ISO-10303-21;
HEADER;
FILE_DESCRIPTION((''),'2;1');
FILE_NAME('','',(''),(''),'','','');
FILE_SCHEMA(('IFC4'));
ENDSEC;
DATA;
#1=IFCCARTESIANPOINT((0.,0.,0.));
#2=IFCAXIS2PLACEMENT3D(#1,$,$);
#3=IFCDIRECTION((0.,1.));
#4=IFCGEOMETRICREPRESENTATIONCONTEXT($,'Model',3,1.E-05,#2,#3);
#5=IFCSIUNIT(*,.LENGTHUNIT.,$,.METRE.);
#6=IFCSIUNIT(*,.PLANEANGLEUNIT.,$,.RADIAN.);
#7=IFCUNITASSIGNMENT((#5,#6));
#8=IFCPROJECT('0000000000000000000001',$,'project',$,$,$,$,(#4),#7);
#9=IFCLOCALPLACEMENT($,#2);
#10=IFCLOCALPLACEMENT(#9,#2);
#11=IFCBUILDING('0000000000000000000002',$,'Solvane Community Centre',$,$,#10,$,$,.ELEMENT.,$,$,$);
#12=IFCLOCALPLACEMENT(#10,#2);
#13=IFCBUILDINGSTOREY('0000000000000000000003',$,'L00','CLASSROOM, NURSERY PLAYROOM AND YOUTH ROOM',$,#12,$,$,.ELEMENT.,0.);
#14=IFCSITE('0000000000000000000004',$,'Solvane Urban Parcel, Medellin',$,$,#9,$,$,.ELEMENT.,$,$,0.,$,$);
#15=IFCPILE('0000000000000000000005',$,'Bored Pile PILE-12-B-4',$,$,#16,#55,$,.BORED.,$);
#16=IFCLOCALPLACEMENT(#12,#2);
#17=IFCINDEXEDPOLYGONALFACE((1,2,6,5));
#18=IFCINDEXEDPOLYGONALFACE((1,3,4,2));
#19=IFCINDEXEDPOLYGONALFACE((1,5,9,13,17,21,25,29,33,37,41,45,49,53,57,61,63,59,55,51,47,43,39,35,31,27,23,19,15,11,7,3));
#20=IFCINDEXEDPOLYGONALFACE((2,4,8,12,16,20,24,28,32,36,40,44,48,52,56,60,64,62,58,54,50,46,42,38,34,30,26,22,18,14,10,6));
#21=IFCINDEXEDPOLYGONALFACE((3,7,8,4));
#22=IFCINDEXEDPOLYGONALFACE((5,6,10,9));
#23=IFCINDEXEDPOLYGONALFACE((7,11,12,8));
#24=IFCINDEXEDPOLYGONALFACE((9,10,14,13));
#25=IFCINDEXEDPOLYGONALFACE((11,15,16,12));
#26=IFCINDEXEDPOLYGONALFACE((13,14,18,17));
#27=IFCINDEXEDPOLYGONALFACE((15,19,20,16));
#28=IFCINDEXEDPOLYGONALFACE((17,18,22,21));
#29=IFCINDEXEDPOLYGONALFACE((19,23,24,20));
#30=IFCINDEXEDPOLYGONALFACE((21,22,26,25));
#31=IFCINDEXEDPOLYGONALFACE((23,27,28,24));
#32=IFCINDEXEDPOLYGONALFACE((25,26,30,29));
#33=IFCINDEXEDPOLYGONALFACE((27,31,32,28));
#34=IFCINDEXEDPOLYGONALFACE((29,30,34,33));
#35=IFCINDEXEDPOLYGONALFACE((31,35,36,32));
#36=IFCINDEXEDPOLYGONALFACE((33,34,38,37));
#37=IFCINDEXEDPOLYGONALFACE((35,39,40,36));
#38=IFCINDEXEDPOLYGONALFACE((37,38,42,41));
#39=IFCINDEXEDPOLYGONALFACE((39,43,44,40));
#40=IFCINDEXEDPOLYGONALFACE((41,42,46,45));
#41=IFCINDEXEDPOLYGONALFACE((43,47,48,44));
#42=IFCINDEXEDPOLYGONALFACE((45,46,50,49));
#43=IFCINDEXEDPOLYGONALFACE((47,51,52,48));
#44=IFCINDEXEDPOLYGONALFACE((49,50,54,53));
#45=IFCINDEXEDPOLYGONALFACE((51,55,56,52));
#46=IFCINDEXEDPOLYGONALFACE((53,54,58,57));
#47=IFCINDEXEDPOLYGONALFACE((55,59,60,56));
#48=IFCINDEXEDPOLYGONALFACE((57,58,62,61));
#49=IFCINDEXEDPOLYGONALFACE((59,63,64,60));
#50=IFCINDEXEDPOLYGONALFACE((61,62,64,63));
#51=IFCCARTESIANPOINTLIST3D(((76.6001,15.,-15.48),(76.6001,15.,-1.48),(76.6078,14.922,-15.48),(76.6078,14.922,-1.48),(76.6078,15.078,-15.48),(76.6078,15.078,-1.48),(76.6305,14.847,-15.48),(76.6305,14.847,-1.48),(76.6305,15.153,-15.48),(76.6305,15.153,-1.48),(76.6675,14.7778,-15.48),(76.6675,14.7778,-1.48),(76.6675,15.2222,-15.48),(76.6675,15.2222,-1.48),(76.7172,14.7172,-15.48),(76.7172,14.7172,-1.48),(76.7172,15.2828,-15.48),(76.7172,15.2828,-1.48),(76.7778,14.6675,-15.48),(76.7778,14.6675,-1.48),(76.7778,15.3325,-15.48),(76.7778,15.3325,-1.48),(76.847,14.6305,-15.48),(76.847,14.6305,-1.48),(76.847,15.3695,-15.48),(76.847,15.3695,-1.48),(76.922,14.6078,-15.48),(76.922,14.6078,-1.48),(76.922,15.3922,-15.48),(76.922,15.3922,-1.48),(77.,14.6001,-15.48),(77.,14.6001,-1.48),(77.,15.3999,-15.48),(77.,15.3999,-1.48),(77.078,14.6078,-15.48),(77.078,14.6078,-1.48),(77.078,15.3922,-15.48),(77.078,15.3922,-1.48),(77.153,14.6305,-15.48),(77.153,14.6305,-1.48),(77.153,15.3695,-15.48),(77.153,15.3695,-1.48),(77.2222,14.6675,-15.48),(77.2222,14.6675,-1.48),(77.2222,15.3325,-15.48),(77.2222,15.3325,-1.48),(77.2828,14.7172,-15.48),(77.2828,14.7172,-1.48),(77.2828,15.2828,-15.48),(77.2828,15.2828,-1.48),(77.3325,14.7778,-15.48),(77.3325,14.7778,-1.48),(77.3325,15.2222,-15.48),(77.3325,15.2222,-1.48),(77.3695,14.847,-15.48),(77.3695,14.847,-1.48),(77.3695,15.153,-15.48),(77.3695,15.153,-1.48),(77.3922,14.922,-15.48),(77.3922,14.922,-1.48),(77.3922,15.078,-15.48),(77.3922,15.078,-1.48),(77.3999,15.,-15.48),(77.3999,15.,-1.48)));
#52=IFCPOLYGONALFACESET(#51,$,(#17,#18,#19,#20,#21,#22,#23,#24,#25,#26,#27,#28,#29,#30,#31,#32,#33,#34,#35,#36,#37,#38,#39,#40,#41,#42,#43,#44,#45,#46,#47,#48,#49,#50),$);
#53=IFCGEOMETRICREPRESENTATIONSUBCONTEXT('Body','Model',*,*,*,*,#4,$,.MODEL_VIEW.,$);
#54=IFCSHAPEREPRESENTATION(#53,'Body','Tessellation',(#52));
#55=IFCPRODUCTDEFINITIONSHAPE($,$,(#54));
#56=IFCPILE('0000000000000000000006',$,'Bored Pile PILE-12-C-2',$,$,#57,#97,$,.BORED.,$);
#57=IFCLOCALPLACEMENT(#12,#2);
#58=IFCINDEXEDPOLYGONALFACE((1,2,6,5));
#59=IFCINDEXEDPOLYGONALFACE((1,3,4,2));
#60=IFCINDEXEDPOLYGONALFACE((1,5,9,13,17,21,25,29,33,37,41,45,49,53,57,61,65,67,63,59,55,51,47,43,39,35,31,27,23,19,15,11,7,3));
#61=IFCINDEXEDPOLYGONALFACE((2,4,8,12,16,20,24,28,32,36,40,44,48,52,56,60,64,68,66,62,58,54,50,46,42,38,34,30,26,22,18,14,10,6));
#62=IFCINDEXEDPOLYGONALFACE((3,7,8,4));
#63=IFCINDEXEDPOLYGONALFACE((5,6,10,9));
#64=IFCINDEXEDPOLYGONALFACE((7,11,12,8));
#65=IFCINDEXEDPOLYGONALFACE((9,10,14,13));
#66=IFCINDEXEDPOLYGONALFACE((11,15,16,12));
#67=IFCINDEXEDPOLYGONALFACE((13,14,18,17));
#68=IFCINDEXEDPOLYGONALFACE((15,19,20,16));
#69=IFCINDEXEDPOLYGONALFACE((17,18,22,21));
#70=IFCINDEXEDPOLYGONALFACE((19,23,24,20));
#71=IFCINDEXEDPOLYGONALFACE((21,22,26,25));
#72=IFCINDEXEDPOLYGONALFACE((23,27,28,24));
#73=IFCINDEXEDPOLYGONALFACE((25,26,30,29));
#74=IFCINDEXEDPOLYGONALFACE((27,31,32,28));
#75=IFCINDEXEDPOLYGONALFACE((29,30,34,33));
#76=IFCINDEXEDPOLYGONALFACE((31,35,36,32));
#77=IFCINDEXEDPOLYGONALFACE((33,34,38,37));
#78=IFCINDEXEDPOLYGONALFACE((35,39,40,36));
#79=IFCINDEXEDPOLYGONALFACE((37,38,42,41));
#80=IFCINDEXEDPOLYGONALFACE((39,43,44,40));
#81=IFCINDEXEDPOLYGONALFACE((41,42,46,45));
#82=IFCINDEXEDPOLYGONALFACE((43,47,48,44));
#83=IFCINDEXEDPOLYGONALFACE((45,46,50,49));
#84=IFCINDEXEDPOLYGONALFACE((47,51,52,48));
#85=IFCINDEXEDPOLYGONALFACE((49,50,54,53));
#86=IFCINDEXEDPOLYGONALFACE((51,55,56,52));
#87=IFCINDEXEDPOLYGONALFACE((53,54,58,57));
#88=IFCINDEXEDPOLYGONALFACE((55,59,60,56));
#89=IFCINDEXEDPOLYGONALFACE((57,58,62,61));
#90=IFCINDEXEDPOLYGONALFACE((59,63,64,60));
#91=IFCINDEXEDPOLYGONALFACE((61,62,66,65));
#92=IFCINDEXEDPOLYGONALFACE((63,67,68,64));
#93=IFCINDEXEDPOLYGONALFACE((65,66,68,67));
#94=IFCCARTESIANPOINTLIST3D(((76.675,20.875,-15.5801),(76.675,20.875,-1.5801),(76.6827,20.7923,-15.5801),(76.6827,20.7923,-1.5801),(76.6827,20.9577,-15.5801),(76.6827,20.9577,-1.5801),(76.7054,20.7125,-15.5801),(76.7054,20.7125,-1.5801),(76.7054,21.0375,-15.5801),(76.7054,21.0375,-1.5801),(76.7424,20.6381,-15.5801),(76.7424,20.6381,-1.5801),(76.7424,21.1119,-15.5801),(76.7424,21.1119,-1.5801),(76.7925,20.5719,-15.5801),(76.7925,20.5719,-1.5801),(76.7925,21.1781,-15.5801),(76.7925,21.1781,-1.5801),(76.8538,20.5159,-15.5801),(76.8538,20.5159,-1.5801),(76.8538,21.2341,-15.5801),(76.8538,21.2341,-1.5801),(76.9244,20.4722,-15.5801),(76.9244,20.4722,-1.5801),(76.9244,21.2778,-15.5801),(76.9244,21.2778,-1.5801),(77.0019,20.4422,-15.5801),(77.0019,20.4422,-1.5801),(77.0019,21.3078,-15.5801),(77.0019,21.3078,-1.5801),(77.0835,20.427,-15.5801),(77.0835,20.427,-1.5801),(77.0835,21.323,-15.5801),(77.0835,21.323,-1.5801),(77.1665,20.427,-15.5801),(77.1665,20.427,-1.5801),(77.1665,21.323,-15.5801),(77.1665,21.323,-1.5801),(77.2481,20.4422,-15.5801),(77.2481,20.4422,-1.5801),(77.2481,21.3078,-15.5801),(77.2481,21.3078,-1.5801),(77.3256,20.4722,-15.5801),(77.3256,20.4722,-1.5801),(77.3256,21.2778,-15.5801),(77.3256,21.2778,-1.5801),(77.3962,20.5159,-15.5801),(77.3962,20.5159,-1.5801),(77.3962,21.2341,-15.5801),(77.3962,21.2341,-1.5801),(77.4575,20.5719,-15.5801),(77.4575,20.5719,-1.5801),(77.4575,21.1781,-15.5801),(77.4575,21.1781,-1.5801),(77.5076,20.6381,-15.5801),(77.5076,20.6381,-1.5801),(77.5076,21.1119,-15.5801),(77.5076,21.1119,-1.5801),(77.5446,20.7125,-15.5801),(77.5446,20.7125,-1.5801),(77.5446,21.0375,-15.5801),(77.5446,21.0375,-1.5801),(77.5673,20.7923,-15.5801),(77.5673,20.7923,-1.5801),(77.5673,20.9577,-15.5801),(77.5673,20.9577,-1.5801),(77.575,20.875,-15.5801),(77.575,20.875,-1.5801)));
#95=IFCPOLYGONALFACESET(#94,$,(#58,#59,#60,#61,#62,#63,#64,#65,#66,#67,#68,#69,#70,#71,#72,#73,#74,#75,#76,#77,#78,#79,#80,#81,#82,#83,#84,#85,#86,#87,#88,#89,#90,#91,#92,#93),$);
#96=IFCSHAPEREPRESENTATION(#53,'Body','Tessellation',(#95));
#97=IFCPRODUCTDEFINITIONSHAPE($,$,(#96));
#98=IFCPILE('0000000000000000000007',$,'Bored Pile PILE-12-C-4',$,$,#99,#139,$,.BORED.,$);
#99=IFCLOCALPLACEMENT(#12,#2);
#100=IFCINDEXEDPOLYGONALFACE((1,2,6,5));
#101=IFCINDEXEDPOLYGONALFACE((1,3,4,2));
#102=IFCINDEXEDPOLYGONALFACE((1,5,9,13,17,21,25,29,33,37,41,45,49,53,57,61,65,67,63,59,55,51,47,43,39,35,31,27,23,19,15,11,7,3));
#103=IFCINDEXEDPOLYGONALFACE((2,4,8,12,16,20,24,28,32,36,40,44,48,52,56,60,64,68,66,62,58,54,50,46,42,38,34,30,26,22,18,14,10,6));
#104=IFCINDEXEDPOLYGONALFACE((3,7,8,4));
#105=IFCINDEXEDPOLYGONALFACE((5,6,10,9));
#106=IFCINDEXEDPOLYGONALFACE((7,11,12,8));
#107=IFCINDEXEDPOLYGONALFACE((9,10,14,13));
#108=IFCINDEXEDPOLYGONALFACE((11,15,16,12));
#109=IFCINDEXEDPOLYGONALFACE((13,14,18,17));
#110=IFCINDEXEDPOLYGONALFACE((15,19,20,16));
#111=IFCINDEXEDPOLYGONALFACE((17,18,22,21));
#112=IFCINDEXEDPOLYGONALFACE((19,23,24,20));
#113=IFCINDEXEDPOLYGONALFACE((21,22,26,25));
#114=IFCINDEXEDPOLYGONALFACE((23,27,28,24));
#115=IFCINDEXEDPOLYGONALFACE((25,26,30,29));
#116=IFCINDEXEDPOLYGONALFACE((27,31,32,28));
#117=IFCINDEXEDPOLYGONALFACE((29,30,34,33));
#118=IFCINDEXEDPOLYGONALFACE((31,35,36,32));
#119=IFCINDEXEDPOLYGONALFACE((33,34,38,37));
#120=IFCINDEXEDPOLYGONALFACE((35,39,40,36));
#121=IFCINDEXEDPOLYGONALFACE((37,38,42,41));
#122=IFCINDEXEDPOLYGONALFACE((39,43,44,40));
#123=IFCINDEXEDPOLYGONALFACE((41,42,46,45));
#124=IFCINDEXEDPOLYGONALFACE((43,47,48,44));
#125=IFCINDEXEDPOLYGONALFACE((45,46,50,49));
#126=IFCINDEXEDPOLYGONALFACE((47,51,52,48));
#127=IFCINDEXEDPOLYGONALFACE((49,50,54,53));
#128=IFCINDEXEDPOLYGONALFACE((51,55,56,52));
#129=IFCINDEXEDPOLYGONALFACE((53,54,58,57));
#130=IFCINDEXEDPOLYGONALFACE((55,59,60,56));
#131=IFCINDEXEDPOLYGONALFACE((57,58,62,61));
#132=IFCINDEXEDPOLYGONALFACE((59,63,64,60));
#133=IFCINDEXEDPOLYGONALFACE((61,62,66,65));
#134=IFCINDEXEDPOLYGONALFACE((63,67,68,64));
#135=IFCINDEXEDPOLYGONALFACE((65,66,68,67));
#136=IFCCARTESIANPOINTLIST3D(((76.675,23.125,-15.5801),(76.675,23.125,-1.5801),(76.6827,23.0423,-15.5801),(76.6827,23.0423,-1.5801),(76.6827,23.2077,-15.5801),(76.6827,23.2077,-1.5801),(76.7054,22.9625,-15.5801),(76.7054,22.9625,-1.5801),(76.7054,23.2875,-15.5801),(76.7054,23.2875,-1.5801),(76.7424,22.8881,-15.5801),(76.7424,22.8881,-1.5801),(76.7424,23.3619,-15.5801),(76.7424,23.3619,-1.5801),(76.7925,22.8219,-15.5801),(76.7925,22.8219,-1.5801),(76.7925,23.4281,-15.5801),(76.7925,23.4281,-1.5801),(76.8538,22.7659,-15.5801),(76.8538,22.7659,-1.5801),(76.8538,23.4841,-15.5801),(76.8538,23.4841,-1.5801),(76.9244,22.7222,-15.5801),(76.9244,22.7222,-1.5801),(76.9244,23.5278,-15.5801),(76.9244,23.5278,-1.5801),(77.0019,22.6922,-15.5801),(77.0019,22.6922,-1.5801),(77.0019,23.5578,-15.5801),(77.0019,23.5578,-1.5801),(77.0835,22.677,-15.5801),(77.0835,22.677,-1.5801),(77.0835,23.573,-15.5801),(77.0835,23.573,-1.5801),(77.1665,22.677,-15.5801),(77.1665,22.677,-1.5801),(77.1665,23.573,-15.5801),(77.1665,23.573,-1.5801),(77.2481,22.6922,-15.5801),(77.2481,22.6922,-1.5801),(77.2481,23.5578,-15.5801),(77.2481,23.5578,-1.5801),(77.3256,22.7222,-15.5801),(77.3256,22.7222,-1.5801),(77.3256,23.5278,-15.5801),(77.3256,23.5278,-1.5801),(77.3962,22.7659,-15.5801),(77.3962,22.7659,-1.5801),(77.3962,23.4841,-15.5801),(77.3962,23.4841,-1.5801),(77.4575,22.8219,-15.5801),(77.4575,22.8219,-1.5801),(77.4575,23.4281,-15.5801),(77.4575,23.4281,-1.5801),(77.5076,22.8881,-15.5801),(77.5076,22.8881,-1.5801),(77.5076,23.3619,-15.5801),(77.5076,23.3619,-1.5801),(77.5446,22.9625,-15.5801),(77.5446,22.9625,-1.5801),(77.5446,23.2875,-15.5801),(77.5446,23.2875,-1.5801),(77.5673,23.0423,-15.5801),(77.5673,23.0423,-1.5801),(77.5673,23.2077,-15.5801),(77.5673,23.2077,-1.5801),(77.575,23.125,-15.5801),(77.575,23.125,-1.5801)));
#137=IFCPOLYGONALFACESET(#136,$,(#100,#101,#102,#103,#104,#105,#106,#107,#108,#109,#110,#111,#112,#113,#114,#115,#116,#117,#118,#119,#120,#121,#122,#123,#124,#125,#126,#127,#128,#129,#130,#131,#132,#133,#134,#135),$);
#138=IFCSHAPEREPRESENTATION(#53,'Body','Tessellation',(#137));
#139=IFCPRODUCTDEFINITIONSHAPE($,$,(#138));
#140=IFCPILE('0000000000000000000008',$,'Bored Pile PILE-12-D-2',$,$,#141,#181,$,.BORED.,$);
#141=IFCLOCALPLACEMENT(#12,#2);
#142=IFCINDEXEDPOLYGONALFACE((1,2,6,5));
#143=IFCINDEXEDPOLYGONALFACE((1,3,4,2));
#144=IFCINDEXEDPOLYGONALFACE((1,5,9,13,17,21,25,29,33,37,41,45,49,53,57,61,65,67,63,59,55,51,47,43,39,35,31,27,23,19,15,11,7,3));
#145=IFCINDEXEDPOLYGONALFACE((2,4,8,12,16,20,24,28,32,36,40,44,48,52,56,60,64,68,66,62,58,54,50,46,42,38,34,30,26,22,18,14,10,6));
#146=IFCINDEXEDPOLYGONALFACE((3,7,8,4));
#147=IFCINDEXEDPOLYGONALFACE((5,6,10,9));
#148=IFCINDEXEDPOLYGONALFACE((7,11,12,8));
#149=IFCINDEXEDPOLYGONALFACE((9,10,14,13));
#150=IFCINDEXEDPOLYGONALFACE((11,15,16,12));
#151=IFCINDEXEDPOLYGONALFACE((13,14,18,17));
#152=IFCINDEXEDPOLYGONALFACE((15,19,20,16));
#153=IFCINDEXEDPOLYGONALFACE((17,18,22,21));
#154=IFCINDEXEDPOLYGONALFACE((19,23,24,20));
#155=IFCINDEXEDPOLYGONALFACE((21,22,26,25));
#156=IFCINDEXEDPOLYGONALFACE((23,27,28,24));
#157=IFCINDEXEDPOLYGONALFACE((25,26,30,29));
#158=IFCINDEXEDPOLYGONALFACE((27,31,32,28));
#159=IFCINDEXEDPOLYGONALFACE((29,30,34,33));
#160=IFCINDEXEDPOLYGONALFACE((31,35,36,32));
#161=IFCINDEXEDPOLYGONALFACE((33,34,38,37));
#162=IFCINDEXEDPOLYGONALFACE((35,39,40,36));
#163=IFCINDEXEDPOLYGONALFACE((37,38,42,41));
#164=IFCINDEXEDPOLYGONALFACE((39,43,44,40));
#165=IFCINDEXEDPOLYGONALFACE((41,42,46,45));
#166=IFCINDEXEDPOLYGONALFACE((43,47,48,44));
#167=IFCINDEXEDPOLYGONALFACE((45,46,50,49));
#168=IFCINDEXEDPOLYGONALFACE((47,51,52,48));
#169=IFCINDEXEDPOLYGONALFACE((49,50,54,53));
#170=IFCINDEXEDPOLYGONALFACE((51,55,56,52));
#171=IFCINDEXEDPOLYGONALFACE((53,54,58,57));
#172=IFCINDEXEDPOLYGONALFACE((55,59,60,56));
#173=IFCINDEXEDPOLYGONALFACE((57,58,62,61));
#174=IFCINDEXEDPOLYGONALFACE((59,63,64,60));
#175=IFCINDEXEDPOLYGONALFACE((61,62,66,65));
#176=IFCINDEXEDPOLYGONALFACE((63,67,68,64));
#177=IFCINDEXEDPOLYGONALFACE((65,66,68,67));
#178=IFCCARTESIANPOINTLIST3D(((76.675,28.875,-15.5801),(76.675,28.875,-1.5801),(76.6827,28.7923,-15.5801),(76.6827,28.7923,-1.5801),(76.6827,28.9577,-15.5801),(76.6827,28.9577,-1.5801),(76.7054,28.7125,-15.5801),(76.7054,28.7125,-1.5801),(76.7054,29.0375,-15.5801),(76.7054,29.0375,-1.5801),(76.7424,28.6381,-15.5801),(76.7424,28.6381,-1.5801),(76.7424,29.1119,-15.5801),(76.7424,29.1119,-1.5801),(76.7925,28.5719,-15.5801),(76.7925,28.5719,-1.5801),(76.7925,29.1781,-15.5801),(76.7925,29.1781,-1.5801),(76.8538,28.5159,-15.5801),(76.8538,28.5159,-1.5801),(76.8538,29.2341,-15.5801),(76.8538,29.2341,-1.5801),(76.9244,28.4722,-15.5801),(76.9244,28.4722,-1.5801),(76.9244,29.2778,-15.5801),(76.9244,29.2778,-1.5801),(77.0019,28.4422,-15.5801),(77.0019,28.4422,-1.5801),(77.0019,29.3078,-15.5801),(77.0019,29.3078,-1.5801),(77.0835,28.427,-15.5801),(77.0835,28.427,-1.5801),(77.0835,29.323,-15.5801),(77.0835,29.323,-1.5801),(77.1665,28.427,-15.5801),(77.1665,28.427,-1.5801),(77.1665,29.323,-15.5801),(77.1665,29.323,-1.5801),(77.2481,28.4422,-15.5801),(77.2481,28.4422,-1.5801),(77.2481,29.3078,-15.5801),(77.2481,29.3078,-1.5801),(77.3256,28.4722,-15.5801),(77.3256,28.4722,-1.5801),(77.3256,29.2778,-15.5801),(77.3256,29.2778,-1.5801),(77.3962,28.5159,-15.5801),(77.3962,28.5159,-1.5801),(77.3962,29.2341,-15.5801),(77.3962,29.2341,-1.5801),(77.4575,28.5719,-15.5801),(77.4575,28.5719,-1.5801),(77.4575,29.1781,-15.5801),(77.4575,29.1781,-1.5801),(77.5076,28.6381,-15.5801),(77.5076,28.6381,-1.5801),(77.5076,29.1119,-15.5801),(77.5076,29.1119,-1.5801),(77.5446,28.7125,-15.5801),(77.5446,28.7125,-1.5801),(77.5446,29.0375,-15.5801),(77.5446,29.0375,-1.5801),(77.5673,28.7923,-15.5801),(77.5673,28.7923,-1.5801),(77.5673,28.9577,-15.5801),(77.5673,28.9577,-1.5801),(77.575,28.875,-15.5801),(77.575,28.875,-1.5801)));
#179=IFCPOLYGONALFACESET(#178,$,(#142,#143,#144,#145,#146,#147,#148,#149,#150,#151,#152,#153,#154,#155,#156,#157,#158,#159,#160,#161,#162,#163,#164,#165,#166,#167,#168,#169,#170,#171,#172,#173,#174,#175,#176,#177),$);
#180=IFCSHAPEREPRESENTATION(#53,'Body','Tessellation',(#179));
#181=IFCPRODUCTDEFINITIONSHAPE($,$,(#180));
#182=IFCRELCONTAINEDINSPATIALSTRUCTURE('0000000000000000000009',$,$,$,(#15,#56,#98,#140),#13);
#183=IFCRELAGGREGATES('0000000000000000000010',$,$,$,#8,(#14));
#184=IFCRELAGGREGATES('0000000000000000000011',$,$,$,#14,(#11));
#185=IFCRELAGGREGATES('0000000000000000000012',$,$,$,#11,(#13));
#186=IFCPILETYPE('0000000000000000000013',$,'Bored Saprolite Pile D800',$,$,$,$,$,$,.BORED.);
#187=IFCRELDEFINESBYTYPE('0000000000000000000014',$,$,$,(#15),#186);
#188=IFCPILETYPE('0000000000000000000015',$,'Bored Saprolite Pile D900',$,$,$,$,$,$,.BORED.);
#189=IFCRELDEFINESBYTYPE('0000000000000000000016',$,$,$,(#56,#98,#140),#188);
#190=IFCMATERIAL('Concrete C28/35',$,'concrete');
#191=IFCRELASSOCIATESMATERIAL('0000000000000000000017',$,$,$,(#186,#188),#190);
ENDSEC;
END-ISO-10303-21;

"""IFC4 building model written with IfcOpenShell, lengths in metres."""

from ifc_helpers import new_model, si_unit, direction, frame, origin, origin_2d, place, context, subcontext, project, spatial, circle, extrude, material, material_profile, profile_set, type_object, element, save


model = new_model("IFC4")

# Units and contexts
model_context = context("Model", 3, precision=1e-05, world=origin(), true_north=direction((0.0, 1.0)))
body_context = subcontext(model_context, "Body", "Model", "MODEL_VIEW")
ifc_project = project(units=[si_unit("LENGTHUNIT", "METRE"), si_unit("PLANEANGLEUNIT", "RADIAN")], contexts=[model_context])

# Site, building, storey
site_placement = place(None, origin())
site = spatial("IfcSite", under=ifc_project, at=site_placement, Name="Solvane Urban Parcel, Medellin", CompositionType="ELEMENT", RefElevation=0.0)
building_placement = place(site_placement, origin())
building = spatial("IfcBuilding", under=site, at=building_placement, Name="Solvane Community Centre", CompositionType="ELEMENT")
storey_placement = place(building_placement, origin())
storey = spatial("IfcBuildingStorey", under=building, at=storey_placement, Name="L00", Description="CLASSROOM, NURSERY PLAYROOM AND YOUTH ROOM", CompositionType="ELEMENT", Elevation=0.0)

# Piles
ifc_material_1 = material(Name="Concrete C28/35", Category="concrete")
ifc_material_profile_1 = material_profile(ifc_material_1, circle(Radius=0.3999, at=origin_2d()), Name="PILE D800")
ifc_profile_set_1 = profile_set([ifc_material_profile_1], Name="Concrete C28/35")
pile_type_1 = type_object("IfcPileType", Name="Bored Saprolite Pile D800", PredefinedType="BORED", material=ifc_profile_set_1)
pile_placement = place(storey_placement, frame((77.0, 15.0, -1.48), z_axis=(0.0, 0.0, -1.0), x_axis=(1.0, 0.0, 0.0)))
element("IfcPile", 1, at=pile_placement, inside=storey, type_object=pile_type_1, Name="Bored Pile PILE-12-B-4", PredefinedType="BORED", context=body_context, shape_type="SweptSolid", body=[
    extrude(circle(Radius=0.3999, at=origin_2d()), origin(), (0.0, 0.0, 1.0), 14.0),
])
ifc_material_profile_2 = material_profile(ifc_material_1, circle(Radius=0.45, at=origin_2d()), Name="PILE D900")
ifc_profile_set_2 = profile_set([ifc_material_profile_2], Name="Concrete C28/35")
pile_type_2 = type_object("IfcPileType", Name="Bored Saprolite Pile D900", PredefinedType="BORED", material=ifc_profile_set_2)
for number, where, z_axis, x_axis, name in (
    (2, (77.125, 20.875, -1.5801), (0.0, 0.0, -1.0), (1.0, 0.0, 0.0), "Bored Pile PILE-12-C-2"),
    (3, (77.125, 23.125, -1.5801), (0.0, 0.0, -1.0), (1.0, 0.0, 0.0), "Bored Pile PILE-12-C-4"),
    (4, (77.125, 28.875, -1.5801), (0.0, 0.0, -1.0), (1.0, 0.0, 0.0), "Bored Pile PILE-12-D-2"),
):
    element("IfcPile", number, at=place(storey_placement, frame(where, z_axis=z_axis, x_axis=x_axis)), inside=storey, type_object=pile_type_2, Name=name, PredefinedType="BORED", context=body_context, shape_type="SweptSolid", body=[
        extrude(circle(Radius=0.45, at=origin_2d()), origin(), (0.0, 0.0, 1.0), 14.0),
    ])

save(model, "model.ifc")
